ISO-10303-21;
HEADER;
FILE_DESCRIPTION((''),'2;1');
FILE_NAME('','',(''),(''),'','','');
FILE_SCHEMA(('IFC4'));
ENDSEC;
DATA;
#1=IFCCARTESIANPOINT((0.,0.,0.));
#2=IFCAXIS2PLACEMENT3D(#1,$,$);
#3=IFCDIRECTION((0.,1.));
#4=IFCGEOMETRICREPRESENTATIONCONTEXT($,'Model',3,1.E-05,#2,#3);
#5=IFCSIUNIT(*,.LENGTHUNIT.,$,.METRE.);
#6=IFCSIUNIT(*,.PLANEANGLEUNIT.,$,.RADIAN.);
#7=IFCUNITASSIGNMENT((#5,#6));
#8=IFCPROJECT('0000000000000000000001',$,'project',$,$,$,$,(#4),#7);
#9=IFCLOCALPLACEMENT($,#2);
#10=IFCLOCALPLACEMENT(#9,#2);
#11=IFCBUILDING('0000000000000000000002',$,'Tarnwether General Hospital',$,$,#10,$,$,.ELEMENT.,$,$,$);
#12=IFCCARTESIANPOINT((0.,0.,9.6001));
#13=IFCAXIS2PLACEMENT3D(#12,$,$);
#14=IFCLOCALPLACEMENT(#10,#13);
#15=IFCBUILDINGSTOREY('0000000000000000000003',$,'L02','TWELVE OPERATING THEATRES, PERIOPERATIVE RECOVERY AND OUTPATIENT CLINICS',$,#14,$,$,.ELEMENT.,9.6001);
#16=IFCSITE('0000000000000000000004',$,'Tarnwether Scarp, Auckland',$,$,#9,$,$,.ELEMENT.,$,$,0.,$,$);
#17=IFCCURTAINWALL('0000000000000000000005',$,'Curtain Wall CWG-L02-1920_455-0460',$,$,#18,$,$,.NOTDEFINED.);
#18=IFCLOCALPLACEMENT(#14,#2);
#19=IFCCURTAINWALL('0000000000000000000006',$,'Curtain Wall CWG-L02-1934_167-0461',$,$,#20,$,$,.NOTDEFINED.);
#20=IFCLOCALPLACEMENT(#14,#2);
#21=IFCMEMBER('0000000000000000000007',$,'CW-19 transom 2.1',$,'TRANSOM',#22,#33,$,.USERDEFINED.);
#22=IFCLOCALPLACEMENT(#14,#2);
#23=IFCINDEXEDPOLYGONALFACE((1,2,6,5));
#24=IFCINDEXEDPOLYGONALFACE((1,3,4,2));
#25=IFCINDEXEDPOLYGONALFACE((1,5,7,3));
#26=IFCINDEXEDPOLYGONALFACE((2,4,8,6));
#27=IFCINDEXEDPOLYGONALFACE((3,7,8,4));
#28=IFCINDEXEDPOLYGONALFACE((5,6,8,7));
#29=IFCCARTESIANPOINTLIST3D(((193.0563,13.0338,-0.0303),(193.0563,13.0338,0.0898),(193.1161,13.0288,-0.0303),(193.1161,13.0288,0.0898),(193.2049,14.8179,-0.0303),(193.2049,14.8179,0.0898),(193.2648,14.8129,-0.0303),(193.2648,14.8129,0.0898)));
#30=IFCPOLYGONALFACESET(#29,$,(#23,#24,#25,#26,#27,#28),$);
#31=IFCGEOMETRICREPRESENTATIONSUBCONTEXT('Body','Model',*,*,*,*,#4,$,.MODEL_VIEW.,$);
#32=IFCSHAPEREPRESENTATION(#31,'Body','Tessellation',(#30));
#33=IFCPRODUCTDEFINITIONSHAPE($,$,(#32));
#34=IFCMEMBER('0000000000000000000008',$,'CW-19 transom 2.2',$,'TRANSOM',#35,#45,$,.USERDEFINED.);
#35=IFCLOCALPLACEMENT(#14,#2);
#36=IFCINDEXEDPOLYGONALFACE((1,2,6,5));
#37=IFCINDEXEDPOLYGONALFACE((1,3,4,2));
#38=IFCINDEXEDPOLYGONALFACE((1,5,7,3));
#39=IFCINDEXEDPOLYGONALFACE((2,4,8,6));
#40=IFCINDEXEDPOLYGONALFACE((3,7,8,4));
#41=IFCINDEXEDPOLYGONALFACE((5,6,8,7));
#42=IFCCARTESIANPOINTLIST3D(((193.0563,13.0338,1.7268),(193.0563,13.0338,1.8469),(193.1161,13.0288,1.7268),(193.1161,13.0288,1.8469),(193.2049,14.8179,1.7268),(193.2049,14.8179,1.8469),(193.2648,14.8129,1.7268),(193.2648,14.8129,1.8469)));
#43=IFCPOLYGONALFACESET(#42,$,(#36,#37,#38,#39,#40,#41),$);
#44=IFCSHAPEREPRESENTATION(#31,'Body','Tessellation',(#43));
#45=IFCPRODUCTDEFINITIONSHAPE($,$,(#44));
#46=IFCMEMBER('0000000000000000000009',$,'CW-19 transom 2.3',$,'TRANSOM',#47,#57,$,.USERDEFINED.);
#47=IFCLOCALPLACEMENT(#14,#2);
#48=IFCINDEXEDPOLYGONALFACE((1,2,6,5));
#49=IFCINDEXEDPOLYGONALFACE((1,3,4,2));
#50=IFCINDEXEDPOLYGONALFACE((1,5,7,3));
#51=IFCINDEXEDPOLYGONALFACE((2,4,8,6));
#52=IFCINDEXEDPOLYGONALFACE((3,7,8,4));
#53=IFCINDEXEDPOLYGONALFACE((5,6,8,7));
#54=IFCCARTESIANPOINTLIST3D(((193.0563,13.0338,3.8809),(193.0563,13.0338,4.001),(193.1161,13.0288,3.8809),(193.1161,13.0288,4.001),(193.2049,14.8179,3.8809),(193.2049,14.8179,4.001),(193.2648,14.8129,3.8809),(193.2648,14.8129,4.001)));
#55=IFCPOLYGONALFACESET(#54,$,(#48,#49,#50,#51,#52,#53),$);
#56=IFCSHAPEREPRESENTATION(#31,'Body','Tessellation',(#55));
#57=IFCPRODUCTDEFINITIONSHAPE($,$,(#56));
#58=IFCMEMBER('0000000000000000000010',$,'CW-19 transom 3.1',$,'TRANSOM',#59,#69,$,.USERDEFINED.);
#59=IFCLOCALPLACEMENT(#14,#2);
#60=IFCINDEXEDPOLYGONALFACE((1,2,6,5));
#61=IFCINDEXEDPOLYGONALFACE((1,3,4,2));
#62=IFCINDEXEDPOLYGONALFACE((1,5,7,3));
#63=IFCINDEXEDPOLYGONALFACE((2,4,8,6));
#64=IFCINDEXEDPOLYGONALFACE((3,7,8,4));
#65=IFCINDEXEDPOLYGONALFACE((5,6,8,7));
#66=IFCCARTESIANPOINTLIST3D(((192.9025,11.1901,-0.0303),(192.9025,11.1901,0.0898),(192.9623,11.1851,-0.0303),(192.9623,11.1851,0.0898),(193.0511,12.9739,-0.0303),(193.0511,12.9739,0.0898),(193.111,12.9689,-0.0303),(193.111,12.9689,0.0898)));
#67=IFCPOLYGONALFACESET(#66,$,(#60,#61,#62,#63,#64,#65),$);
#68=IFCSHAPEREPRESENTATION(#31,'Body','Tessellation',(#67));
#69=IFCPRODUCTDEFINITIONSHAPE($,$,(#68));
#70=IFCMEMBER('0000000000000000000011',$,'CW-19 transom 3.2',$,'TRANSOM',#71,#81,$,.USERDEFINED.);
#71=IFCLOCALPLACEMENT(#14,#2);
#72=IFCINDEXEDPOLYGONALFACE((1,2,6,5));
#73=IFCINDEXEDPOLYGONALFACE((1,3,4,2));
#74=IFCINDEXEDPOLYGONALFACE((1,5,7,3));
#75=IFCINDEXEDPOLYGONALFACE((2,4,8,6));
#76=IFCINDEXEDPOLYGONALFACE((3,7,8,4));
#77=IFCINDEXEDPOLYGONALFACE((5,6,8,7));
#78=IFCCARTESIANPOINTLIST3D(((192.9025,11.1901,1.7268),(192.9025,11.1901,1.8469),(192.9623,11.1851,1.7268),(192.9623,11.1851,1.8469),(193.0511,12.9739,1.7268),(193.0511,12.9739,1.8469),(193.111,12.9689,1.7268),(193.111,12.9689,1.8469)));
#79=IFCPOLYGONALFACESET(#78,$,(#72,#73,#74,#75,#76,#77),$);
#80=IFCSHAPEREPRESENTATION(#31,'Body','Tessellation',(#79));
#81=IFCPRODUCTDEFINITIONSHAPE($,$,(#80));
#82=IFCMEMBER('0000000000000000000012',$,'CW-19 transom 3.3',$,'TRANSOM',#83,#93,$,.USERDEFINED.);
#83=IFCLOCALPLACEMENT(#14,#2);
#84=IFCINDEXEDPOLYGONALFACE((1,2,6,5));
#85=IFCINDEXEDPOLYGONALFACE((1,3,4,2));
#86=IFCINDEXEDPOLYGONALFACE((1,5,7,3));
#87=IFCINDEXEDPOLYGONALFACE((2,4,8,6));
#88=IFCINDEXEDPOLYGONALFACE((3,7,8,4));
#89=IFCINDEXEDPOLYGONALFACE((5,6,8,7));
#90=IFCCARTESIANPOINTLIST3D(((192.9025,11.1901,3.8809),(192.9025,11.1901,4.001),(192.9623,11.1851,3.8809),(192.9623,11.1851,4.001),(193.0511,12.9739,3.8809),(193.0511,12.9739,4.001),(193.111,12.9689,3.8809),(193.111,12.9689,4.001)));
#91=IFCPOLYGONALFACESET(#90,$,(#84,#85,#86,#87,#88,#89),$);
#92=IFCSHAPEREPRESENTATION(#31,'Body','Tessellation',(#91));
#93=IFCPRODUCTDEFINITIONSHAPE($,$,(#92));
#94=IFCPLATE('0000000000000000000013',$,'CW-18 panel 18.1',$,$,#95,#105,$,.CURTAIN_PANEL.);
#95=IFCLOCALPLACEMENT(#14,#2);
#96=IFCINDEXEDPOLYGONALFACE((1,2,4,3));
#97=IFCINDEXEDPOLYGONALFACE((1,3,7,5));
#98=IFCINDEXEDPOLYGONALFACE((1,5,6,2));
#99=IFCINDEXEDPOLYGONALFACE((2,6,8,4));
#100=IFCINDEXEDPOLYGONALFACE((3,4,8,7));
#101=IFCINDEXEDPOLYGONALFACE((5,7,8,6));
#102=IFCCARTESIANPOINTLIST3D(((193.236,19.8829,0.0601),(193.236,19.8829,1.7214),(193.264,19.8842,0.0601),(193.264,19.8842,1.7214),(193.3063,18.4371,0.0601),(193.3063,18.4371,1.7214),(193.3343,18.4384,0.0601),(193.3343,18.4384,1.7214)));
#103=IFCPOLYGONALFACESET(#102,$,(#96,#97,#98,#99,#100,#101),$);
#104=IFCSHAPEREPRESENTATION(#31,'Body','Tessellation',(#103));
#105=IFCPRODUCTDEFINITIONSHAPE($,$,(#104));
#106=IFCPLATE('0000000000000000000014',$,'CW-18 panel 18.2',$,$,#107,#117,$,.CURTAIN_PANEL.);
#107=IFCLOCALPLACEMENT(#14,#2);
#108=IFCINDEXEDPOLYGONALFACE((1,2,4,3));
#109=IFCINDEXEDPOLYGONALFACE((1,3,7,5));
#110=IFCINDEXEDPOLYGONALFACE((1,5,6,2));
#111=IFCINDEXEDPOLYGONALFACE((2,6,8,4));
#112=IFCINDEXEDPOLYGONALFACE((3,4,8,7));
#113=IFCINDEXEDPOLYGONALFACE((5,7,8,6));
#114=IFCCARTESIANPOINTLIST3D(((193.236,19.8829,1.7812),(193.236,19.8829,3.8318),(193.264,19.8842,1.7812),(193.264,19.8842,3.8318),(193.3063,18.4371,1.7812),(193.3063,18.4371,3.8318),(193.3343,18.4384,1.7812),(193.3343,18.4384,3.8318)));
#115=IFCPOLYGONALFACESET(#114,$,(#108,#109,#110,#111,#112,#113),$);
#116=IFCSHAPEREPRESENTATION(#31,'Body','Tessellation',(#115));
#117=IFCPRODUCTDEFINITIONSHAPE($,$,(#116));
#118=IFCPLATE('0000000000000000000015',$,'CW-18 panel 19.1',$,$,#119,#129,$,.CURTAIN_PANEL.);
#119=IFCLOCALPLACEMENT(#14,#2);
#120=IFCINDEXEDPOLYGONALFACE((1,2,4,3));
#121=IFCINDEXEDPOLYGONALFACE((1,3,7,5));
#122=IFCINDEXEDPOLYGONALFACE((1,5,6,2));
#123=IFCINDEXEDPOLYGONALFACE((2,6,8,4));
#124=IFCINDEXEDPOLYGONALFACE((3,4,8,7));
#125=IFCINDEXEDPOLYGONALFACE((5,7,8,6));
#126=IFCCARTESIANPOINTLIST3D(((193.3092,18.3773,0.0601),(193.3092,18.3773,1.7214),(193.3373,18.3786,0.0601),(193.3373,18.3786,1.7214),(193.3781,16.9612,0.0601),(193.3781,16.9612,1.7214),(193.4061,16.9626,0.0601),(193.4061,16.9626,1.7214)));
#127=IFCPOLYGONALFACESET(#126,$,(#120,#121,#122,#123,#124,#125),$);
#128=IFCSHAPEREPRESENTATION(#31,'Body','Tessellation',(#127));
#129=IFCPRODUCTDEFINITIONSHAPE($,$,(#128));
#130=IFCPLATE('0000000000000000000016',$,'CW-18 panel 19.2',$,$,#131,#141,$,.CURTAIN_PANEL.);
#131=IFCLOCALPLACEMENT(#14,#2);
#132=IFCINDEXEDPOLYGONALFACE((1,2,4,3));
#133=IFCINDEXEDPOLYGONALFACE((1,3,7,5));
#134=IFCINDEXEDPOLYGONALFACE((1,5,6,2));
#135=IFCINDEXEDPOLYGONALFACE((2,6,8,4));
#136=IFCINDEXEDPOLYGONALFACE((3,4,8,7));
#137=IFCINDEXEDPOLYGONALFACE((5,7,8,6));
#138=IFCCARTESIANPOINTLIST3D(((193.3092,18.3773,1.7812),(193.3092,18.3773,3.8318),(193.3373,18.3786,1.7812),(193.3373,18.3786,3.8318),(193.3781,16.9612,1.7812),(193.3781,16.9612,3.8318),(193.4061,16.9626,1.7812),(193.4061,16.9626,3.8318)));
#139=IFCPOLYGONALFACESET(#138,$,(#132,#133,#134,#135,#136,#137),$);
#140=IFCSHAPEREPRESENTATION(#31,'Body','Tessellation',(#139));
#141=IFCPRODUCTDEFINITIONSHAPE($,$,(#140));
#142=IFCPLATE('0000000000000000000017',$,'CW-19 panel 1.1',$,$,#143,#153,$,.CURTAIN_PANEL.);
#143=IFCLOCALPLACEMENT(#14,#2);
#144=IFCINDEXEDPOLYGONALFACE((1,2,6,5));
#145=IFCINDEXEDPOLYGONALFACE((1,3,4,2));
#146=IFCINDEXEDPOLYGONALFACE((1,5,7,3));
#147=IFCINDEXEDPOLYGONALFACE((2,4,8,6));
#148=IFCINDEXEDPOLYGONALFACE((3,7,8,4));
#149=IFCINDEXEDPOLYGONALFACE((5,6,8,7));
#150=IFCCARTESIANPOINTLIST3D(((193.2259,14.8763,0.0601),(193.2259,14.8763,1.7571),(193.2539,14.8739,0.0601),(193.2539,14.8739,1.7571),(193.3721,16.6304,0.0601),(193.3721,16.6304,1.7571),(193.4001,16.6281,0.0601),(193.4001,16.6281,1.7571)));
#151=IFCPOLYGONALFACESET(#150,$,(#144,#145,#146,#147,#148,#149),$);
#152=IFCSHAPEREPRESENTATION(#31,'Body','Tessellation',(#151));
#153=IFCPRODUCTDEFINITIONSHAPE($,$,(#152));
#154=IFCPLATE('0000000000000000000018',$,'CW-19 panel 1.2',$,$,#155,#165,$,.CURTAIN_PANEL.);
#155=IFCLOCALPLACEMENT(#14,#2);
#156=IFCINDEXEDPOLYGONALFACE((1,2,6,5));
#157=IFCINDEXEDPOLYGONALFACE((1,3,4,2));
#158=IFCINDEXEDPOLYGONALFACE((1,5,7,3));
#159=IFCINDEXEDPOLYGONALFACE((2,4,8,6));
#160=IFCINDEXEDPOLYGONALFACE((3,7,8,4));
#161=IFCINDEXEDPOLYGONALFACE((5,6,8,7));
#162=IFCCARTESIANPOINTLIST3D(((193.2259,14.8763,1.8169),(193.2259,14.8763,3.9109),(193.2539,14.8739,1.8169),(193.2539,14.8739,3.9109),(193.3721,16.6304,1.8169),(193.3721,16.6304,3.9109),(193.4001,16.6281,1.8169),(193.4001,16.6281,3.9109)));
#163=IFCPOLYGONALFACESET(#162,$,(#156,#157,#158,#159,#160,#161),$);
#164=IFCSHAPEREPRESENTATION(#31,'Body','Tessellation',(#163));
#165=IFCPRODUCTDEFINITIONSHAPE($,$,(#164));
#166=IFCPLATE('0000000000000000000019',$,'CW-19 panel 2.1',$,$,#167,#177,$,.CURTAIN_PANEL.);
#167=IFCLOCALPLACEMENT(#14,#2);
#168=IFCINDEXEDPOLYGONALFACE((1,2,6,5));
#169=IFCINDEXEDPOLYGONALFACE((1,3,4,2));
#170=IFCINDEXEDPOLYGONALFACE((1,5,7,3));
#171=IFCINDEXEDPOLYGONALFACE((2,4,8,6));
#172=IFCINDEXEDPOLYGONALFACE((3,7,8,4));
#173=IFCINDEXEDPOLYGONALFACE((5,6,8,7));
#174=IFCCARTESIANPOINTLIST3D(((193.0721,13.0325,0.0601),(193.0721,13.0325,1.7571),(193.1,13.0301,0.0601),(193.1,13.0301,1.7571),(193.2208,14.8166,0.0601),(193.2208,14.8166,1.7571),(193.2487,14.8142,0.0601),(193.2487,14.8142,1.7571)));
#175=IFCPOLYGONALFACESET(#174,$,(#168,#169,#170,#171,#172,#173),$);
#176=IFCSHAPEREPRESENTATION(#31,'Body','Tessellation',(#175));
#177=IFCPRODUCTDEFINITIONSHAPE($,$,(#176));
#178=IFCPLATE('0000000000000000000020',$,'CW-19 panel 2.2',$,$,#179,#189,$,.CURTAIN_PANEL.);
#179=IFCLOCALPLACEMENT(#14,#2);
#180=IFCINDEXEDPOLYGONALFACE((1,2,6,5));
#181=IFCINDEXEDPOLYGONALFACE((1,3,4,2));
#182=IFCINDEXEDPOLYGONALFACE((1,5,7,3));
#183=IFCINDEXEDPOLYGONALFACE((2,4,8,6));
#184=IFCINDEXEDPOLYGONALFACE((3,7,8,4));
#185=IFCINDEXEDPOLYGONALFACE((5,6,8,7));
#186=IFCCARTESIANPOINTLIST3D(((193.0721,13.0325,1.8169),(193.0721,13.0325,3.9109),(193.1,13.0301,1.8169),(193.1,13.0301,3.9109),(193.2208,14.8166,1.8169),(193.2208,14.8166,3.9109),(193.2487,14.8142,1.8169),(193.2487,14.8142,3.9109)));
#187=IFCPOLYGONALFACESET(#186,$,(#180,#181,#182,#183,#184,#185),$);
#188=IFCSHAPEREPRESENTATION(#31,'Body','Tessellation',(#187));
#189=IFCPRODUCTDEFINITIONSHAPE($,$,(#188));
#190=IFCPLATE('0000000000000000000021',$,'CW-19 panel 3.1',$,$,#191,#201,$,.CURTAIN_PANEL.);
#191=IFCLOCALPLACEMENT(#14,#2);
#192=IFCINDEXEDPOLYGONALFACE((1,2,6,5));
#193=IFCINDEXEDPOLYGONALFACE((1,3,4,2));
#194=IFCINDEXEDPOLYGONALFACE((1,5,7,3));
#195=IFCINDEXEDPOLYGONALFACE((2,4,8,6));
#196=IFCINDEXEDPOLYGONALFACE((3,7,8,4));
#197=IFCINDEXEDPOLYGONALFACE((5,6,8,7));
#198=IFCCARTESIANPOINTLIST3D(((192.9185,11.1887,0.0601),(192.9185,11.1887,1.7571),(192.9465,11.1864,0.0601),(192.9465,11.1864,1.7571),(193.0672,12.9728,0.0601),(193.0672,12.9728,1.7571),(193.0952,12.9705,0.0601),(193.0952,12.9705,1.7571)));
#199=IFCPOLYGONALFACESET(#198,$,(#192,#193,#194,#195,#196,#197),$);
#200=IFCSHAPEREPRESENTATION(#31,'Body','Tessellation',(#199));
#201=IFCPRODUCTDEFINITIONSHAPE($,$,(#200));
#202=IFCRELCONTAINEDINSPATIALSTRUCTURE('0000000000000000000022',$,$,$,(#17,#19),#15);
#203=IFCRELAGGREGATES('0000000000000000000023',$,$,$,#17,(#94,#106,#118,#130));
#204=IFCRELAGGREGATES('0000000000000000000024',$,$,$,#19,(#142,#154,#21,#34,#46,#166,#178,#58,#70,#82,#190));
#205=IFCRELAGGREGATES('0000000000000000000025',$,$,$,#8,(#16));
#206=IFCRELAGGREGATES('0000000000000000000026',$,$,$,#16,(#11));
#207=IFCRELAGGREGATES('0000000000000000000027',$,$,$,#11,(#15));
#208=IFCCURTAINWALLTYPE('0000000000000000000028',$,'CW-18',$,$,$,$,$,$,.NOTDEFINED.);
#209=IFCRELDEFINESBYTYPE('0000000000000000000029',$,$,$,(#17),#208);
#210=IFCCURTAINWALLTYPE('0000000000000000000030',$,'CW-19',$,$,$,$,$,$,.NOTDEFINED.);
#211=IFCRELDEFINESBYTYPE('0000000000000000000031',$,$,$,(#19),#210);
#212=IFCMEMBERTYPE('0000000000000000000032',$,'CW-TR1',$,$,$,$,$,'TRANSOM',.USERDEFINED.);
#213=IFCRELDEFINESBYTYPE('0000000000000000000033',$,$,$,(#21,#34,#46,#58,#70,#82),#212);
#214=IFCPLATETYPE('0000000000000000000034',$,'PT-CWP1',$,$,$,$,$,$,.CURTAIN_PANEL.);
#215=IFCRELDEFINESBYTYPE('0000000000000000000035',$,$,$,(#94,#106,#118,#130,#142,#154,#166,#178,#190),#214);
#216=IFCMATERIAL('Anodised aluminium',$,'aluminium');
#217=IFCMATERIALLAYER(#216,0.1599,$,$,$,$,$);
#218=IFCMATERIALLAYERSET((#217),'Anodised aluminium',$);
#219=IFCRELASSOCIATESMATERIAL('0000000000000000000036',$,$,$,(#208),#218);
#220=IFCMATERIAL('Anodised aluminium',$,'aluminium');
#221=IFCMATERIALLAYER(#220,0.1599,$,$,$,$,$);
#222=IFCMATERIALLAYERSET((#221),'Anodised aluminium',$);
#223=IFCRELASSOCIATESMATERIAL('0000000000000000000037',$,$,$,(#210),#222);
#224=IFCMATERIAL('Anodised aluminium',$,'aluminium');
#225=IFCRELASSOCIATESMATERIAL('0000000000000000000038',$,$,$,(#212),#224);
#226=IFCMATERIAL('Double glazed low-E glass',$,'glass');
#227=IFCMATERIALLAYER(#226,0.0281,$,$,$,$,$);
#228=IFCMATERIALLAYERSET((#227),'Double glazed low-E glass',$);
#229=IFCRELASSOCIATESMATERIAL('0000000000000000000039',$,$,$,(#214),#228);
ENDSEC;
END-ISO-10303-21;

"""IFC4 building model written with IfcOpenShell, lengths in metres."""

from ifc_helpers import new_model, si_unit, direction, frame, origin, origin_2d, place, context, subcontext, project, spatial, rectangle, extrude, material, layer, layer_set, material_profile, profile_set, type_object, element, aggregate, save


model = new_model("IFC4")

# Units and contexts
model_context = context("Model", 3, precision=1e-05, world=origin(), true_north=direction((0.0, 1.0)))
body_context = subcontext(model_context, "Body", "Model", "MODEL_VIEW")
ifc_project = project(units=[si_unit("LENGTHUNIT", "METRE"), si_unit("PLANEANGLEUNIT", "RADIAN")], contexts=[model_context])

# Site, building, storey
site_placement = place(None, origin())
site = spatial("IfcSite", under=ifc_project, at=site_placement, Name="Tarnwether Scarp, Auckland", CompositionType="ELEMENT", RefElevation=0.0)
building_placement = place(site_placement, origin())
building = spatial("IfcBuilding", under=site, at=building_placement, Name="Tarnwether General Hospital", CompositionType="ELEMENT")
storey_placement = place(building_placement, frame((0.0, 0.0, 9.6001)))
storey = spatial("IfcBuildingStorey", under=building, at=storey_placement, Name="L02", Description="TWELVE OPERATING THEATRES, PERIOPERATIVE RECOVERY AND OUTPATIENT CLINICS", CompositionType="ELEMENT", Elevation=9.6001)

# Curtain walls
ifc_material_1 = material(Name="Anodised aluminium", Category="aluminium")
ifc_layer_1 = layer(ifc_material_1, 0.1599)
ifc_layer_set_1 = layer_set([ifc_layer_1], Name="Anodised aluminium")
curtain_wall_type_1 = type_object("IfcCurtainWallType", Name="CW-18", PredefinedType="NOTDEFINED", material=ifc_layer_set_1)
curtain_wall_1_placement = place(storey_placement, origin())
curtain_wall_1 = element("IfcCurtainWall", 1, at=curtain_wall_1_placement, inside=storey, type_object=curtain_wall_type_1, Name="Curtain Wall CWG-L02-1920_455-0460", PredefinedType="NOTDEFINED")
ifc_material_2 = material(Name="Anodised aluminium", Category="aluminium")
ifc_layer_2 = layer(ifc_material_2, 0.1599)
ifc_layer_set_2 = layer_set([ifc_layer_2], Name="Anodised aluminium")
curtain_wall_type_2 = type_object("IfcCurtainWallType", Name="CW-19", PredefinedType="NOTDEFINED", material=ifc_layer_set_2)
curtain_wall_2_placement = place(storey_placement, origin())
curtain_wall_2 = element("IfcCurtainWall", 2, at=curtain_wall_2_placement, inside=storey, type_object=curtain_wall_type_2, Name="Curtain Wall CWG-L02-1934_167-0461", PredefinedType="NOTDEFINED")

# Members
ifc_material_3 = material(Name="Anodised aluminium", Category="aluminium")
ifc_material_profile_1 = material_profile(ifc_material_3, rectangle(XDim=0.0601, YDim=0.1201, at=origin_2d()), Name="ALU-TRN-60x120")
ifc_profile_set_1 = profile_set([ifc_material_profile_1], Name="Anodised aluminium")
member_type_1 = type_object("IfcMemberType", Name="CW-TR1", ElementType="TRANSOM", PredefinedType="USERDEFINED", material=ifc_profile_set_1)
member_1_placement = place(storey_placement, frame((193.2349, 14.8154, 0.0298), z_axis=(-0.083045, -0.996546, 0.0), x_axis=(0.996546, -0.083045, 0.0)))
member_1 = element("IfcMember", 3, at=member_1_placement, type_object=member_type_1, Name="CW-19 transom 2.1", ObjectType="TRANSOM", PredefinedType="USERDEFINED", context=body_context, shape_type="SweptSolid", body=[
    extrude(rectangle(XDim=0.0601, YDim=0.1201, at=origin_2d()), origin(), (0.0, 0.0, 1.0), 1.7903),
])
member_2_placement = place(storey_placement, frame((193.2349, 14.8154, 1.7869), z_axis=(-0.083045, -0.996546, 0.0), x_axis=(0.996546, -0.083045, 0.0)))
member_2 = element("IfcMember", 4, at=member_2_placement, type_object=member_type_1, Name="CW-19 transom 2.2", ObjectType="TRANSOM", PredefinedType="USERDEFINED", context=body_context, shape_type="SweptSolid", body=[
    extrude(rectangle(XDim=0.0601, YDim=0.1201, at=origin_2d()), origin(), (0.0, 0.0, 1.0), 1.7903),
])
member_3_placement = place(storey_placement, frame((193.2349, 14.8154, 3.9409), z_axis=(-0.083045, -0.996546, 0.0), x_axis=(0.996546, -0.083045, 0.0)))
member_3 = element("IfcMember", 5, at=member_3_placement, type_object=member_type_1, Name="CW-19 transom 2.3", ObjectType="TRANSOM", PredefinedType="USERDEFINED", context=body_context, shape_type="SweptSolid", body=[
    extrude(rectangle(XDim=0.0601, YDim=0.1201, at=origin_2d()), origin(), (0.0, 0.0, 1.0), 1.7903),
])
member_4_placement = place(storey_placement, frame((193.0811, 12.9714, 0.0298), z_axis=(-0.083057, -0.996545, 0.0), x_axis=(0.996545, -0.083057, 0.0)))
member_4 = element("IfcMember", 6, at=member_4_placement, type_object=member_type_1, Name="CW-19 transom 3.1", ObjectType="TRANSOM", PredefinedType="USERDEFINED", context=body_context, shape_type="SweptSolid", body=[
    extrude(rectangle(XDim=0.0601, YDim=0.1201, at=origin_2d()), origin(), (0.0, 0.0, 1.0), 1.79),
])
member_5_placement = place(storey_placement, frame((193.0811, 12.9714, 1.7869), z_axis=(-0.083057, -0.996545, 0.0), x_axis=(0.996545, -0.083057, 0.0)))
member_5 = element("IfcMember", 7, at=member_5_placement, type_object=member_type_1, Name="CW-19 transom 3.2", ObjectType="TRANSOM", PredefinedType="USERDEFINED", context=body_context, shape_type="SweptSolid", body=[
    extrude(rectangle(XDim=0.0601, YDim=0.1201, at=origin_2d()), origin(), (0.0, 0.0, 1.0), 1.79),
])
member_6_placement = place(storey_placement, frame((193.0811, 12.9714, 3.9409), z_axis=(-0.083057, -0.996545, 0.0), x_axis=(0.996545, -0.083057, 0.0)))
member_6 = element("IfcMember", 8, at=member_6_placement, type_object=member_type_1, Name="CW-19 transom 3.3", ObjectType="TRANSOM", PredefinedType="USERDEFINED", context=body_context, shape_type="SweptSolid", body=[
    extrude(rectangle(XDim=0.0601, YDim=0.1201, at=origin_2d()), origin(), (0.0, 0.0, 1.0), 1.79),
])

# Plates
ifc_material_4 = material(Name="Double glazed low-E glass", Category="glass")
ifc_layer_3 = layer(ifc_material_4, 0.0281)
ifc_layer_set_3 = layer_set([ifc_layer_3], Name="Double glazed low-E glass")
plate_type = type_object("IfcPlateType", Name="PT-CWP1", PredefinedType="CURTAIN_PANEL", material=ifc_layer_set_3)
plate_1_placement = place(storey_placement, frame((193.2852, 19.1606, 0.0601), z_axis=(0.0, 0.0, 1.0), x_axis=(0.04856, -0.99882, 0.0)))
plate_1 = element("IfcPlate", 9, at=plate_1_placement, type_object=plate_type, Name="CW-18 panel 18.1", PredefinedType="CURTAIN_PANEL", context=body_context, shape_type="SweptSolid", body=[
    extrude(rectangle(XDim=1.4475, YDim=0.0281, at=origin_2d()), origin(), (0.0, 0.0, 1.0), 1.6614),
])
plate_2_placement = place(storey_placement, frame((193.2852, 19.1606, 1.7812), z_axis=(0.0, 0.0, 1.0), x_axis=(0.04856, -0.99882, 0.0)))
plate_2 = element("IfcPlate", 10, at=plate_2_placement, type_object=plate_type, Name="CW-18 panel 18.2", PredefinedType="CURTAIN_PANEL", context=body_context, shape_type="SweptSolid", body=[
    extrude(rectangle(XDim=1.4475, YDim=0.0281, at=origin_2d()), origin(), (0.0, 0.0, 1.0), 2.0505),
])
plate_3_placement = place(storey_placement, frame((193.3577, 17.6699, 0.0601), z_axis=(0.0, 0.0, 1.0), x_axis=(0.04856, -0.99882, 0.0)))
plate_3 = element("IfcPlate", 11, at=plate_3_placement, type_object=plate_type, Name="CW-18 panel 19.1", PredefinedType="CURTAIN_PANEL", context=body_context, shape_type="SweptSolid", body=[
    extrude(rectangle(XDim=1.4177, YDim=0.0281, at=origin_2d()), origin(), (0.0, 0.0, 1.0), 1.6614),
])
plate_4_placement = place(storey_placement, frame((193.3577, 17.6699, 1.7812), z_axis=(0.0, 0.0, 1.0), x_axis=(0.04856, -0.99882, 0.0)))
plate_4 = element("IfcPlate", 12, at=plate_4_placement, type_object=plate_type, Name="CW-18 panel 19.2", PredefinedType="CURTAIN_PANEL", context=body_context, shape_type="SweptSolid", body=[
    extrude(rectangle(XDim=1.4177, YDim=0.0281, at=origin_2d()), origin(), (0.0, 0.0, 1.0), 2.0505),
])
aggregate(curtain_wall_1, [plate_1, plate_2, plate_3, plate_4])
plate_5_placement = place(storey_placement, frame((193.313, 15.7522, 0.0601), z_axis=(0.0, 0.0, 1.0), x_axis=(-0.083055, -0.996545, 0.0)))
plate_5 = element("IfcPlate", 13, at=plate_5_placement, type_object=plate_type, Name="CW-19 panel 1.1", PredefinedType="CURTAIN_PANEL", context=body_context, shape_type="SweptSolid", body=[
    extrude(rectangle(XDim=1.7603, YDim=0.0281, at=origin_2d()), origin(), (0.0, 0.0, 1.0), 1.697),
])
plate_6_placement = place(storey_placement, frame((193.313, 15.7522, 1.8169), z_axis=(0.0, 0.0, 1.0), x_axis=(-0.083055, -0.996545, 0.0)))
plate_6 = element("IfcPlate", 14, at=plate_6_placement, type_object=plate_type, Name="CW-19 panel 1.2", PredefinedType="CURTAIN_PANEL", context=body_context, shape_type="SweptSolid", body=[
    extrude(rectangle(XDim=1.7603, YDim=0.0281, at=origin_2d()), origin(), (0.0, 0.0, 1.0), 2.094),
])
plate_7_placement = place(storey_placement, frame((193.1604, 13.9233, 0.0601), z_axis=(0.0, 0.0, 1.0), x_axis=(-0.083055, -0.996545, 0.0)))
plate_7 = element("IfcPlate", 15, at=plate_7_placement, type_object=plate_type, Name="CW-19 panel 2.1", PredefinedType="CURTAIN_PANEL", context=body_context, shape_type="SweptSolid", body=[
    extrude(rectangle(XDim=1.7903, YDim=0.0281, at=origin_2d()), origin(), (0.0, 0.0, 1.0), 1.697),
])
plate_8_placement = place(storey_placement, frame((193.1604, 13.9233, 1.8169), z_axis=(0.0, 0.0, 1.0), x_axis=(-0.083055, -0.996545, 0.0)))
plate_8 = element("IfcPlate", 16, at=plate_8_placement, type_object=plate_type, Name="CW-19 panel 2.2", PredefinedType="CURTAIN_PANEL", context=body_context, shape_type="SweptSolid", body=[
    extrude(rectangle(XDim=1.7903, YDim=0.0281, at=origin_2d()), origin(), (0.0, 0.0, 1.0), 2.094),
])
plate_9_placement = place(storey_placement, frame((193.0068, 12.0796, 0.0601), z_axis=(0.0, 0.0, 1.0), x_axis=(-0.083055, -0.996545, 0.0)))
plate_9 = element("IfcPlate", 17, at=plate_9_placement, type_object=plate_type, Name="CW-19 panel 3.1", PredefinedType="CURTAIN_PANEL", context=body_context, shape_type="SweptSolid", body=[
    extrude(rectangle(XDim=1.7903, YDim=0.0281, at=origin_2d()), origin(), (0.0, 0.0, 1.0), 1.697),
])
aggregate(curtain_wall_2, [plate_5, plate_6, member_1, member_2, member_3, plate_7, plate_8, member_4, member_5, member_6, plate_9])

save(model, "model.ifc")
